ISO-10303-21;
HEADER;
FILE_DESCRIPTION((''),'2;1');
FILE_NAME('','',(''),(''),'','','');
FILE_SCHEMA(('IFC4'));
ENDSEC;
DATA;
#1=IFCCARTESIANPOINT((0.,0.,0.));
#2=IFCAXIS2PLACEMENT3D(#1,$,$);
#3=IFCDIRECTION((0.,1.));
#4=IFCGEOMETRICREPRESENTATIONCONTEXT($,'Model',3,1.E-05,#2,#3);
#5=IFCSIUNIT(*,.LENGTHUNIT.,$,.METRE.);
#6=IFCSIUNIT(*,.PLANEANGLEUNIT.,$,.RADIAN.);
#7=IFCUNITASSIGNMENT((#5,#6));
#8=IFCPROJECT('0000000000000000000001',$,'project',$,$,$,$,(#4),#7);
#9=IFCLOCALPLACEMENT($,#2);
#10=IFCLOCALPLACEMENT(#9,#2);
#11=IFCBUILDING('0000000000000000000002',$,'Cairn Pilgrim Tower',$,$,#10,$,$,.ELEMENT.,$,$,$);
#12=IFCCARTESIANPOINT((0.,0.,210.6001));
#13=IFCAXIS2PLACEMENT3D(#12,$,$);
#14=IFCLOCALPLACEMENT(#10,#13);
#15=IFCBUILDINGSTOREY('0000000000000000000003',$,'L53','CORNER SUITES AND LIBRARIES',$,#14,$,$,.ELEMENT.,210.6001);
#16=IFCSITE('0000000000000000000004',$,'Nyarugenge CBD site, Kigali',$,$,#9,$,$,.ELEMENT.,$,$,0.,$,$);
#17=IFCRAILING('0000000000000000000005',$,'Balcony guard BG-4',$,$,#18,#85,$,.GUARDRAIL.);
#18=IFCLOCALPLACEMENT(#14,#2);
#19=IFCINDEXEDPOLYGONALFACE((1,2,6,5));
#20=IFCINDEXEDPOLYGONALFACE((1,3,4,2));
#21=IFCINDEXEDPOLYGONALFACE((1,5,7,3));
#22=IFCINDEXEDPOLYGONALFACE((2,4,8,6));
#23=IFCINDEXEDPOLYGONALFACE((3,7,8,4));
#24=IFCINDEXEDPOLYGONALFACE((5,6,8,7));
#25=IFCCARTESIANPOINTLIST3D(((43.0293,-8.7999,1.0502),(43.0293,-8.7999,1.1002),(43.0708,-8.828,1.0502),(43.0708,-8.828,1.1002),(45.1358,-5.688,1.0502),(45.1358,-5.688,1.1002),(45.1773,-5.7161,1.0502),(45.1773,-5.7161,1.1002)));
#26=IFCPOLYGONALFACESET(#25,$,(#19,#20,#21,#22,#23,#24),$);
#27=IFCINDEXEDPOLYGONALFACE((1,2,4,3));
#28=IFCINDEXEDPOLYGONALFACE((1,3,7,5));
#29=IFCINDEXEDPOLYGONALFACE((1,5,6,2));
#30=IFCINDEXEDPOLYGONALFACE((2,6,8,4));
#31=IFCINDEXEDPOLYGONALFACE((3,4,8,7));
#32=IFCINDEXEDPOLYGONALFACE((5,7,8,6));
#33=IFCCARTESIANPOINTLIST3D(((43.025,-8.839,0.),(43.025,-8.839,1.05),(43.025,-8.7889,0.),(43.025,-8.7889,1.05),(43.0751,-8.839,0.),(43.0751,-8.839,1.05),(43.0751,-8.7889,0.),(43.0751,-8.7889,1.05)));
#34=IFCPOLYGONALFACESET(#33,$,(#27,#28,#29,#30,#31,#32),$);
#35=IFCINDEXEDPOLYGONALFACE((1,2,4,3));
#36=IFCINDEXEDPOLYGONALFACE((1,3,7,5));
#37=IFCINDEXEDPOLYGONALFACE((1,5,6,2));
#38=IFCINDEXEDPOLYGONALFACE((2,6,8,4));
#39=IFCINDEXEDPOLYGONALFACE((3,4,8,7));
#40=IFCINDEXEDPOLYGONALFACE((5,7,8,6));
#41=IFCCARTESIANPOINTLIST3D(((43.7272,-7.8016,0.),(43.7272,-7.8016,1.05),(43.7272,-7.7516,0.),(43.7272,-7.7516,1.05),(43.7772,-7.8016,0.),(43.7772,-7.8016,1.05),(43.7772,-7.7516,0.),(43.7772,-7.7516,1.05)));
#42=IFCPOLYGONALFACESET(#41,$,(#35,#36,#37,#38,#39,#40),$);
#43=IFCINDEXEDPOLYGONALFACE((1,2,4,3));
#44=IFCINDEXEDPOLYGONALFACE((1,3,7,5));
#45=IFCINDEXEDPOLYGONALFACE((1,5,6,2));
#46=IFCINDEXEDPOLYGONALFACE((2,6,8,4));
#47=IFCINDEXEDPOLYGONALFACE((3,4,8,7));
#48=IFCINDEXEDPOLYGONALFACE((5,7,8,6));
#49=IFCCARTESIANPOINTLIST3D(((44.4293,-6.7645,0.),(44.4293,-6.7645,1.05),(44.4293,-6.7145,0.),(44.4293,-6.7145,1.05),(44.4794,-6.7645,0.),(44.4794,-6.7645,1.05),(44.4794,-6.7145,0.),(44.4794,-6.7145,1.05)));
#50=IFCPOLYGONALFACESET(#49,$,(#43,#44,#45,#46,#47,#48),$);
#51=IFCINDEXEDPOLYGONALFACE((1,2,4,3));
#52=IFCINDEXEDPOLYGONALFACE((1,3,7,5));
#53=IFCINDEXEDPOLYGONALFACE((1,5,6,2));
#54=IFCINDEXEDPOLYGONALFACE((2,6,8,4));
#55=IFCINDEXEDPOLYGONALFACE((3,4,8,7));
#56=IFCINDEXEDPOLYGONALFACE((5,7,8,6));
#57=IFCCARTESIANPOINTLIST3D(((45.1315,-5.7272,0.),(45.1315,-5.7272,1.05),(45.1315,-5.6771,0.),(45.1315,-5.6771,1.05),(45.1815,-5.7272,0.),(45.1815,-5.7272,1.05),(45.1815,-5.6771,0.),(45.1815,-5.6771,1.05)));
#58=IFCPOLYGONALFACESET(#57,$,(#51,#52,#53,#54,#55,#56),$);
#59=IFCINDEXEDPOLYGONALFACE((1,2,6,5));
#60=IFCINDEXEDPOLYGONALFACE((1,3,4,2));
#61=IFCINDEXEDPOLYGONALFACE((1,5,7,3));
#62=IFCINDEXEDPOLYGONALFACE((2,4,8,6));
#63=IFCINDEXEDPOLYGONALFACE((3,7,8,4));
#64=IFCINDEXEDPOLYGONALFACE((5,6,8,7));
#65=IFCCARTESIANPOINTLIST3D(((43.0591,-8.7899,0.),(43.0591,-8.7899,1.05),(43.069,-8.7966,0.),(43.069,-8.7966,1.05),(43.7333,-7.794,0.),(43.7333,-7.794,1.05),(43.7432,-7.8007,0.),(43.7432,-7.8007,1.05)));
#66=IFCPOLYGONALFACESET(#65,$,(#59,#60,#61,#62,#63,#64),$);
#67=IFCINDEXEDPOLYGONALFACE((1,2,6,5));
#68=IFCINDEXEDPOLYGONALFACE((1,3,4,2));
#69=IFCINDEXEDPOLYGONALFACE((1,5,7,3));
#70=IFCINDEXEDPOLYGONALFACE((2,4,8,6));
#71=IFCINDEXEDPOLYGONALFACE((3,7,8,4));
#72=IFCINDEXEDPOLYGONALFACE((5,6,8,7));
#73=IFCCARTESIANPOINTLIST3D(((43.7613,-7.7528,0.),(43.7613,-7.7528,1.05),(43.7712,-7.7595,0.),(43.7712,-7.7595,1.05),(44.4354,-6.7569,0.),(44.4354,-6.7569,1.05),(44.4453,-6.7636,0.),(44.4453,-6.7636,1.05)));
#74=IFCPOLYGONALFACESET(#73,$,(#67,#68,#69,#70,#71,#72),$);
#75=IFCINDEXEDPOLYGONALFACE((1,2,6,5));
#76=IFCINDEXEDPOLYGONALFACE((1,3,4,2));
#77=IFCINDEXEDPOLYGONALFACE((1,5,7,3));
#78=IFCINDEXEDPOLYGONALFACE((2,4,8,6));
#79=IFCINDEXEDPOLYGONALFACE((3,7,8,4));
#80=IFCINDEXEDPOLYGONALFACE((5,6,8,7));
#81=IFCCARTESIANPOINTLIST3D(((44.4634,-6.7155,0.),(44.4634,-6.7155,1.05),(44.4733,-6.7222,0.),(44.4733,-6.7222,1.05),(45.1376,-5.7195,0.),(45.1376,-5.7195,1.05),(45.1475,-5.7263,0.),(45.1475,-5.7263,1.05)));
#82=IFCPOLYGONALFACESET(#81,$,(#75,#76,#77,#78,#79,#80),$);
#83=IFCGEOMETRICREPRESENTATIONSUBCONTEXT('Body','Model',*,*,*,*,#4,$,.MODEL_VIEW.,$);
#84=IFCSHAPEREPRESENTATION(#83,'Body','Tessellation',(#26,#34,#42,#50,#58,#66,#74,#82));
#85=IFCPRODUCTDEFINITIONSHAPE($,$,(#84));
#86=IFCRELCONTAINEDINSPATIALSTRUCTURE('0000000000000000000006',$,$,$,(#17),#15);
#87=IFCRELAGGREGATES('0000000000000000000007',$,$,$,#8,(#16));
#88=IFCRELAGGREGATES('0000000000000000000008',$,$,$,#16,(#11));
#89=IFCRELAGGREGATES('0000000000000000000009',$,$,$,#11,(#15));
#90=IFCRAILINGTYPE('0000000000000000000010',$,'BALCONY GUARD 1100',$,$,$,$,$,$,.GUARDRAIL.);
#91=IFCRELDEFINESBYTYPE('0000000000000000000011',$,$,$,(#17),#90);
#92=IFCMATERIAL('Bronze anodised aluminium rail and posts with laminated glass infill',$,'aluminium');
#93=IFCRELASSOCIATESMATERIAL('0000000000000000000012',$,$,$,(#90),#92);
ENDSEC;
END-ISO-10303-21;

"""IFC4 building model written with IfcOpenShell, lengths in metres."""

from ifc_helpers import new_model, si_unit, direction, frame, origin, origin_2d, place, context, subcontext, project, spatial, polyline, rectangle, outline, extrude, material, type_object, element, save


model = new_model("IFC4")

# Units and contexts
model_context = context("Model", 3, precision=1e-05, world=origin(), true_north=direction((0.0, 1.0)))
body_context = subcontext(model_context, "Body", "Model", "MODEL_VIEW")
ifc_project = project(units=[si_unit("LENGTHUNIT", "METRE"), si_unit("PLANEANGLEUNIT", "RADIAN")], contexts=[model_context])

# Site, building, storey
site_placement = place(None, origin())
site = spatial("IfcSite", under=ifc_project, at=site_placement, Name="Nyarugenge CBD site, Kigali", CompositionType="ELEMENT", RefElevation=0.0)
building_placement = place(site_placement, origin())
building = spatial("IfcBuilding", under=site, at=building_placement, Name="Cairn Pilgrim Tower", CompositionType="ELEMENT")
storey_placement = place(building_placement, frame((0.0, 0.0, 210.6001)))
storey = spatial("IfcBuildingStorey", under=building, at=storey_placement, Name="L53", Description="CORNER SUITES AND LIBRARIES", CompositionType="ELEMENT", Elevation=210.6001)

# Railing
ifc_material_1 = material(Name="Bronze anodised aluminium rail and posts with laminated glass infill", Category="aluminium")
railing_type = type_object("IfcRailingType", Name="BALCONY GUARD 1100", PredefinedType="GUARDRAIL", material=ifc_material_1)
railing_1_placement = place(storey_placement, frame((43.05, -8.814, 0.0)))
element("IfcRailing", 1, at=railing_1_placement, inside=storey, type_object=railing_type, Name="Balcony guard BG-4", PredefinedType="GUARDRAIL", context=body_context, shape_type="SweptSolid", body=[
    extrude(rectangle(XDim=0.05, YDim=0.05, at=origin_2d()), frame((0.0, 0.0, 1.0752), z_axis=(0.560564, 0.828111, 0.0), x_axis=(-0.828111, 0.560564, 0.0)), (0.0, 0.0, 1.0), 3.7578),
    extrude(rectangle(XDim=0.05, YDim=0.05, at=origin_2d()), origin(), (0.0, 0.0, 1.0), 1.05),
    extrude(rectangle(XDim=0.05, YDim=0.05, at=origin_2d()), frame((0.7021, 1.0374, 0.0)), (0.0, 0.0, 1.0), 1.05),
    extrude(rectangle(XDim=0.05, YDim=0.05, at=origin_2d()), frame((1.4043, 2.0745, 0.0)), (0.0, 0.0, 1.0), 1.05),
    extrude(rectangle(XDim=0.05, YDim=0.05, at=origin_2d()), frame((2.1064, 3.1118, 0.0)), (0.0, 0.0, 1.0), 1.05),
    extrude(outline(polyline([(0.0249, 0.0), (1.2275, 0.0), (1.2275, 1.05), (0.0249, 1.05), (0.0249, 0.0)])), frame((-0.0049, 0.0034, 0.0), z_axis=(0.828111, -0.560564, 0.0), x_axis=(0.560564, 0.828111, 0.0)), (0.0, 0.0, 1.0), 0.012),
    extrude(outline(polyline([(0.0249, 0.0), (1.2275, 0.0), (1.2275, 1.05), (0.0249, 1.05), (0.0249, 0.0)])), frame((0.6973, 1.0405, 0.0), z_axis=(0.828111, -0.560564, 0.0), x_axis=(0.560564, 0.828111, 0.0)), (0.0, 0.0, 1.0), 0.012),
    extrude(outline(polyline([(0.0249, 0.0), (1.2275, 0.0), (1.2275, 1.05), (0.0249, 1.05), (0.0249, 0.0)])), frame((1.3994, 2.0779, 0.0), z_axis=(0.828111, -0.560564, 0.0), x_axis=(0.560564, 0.828111, 0.0)), (0.0, 0.0, 1.0), 0.012),
])

save(model, "model.ifc")
